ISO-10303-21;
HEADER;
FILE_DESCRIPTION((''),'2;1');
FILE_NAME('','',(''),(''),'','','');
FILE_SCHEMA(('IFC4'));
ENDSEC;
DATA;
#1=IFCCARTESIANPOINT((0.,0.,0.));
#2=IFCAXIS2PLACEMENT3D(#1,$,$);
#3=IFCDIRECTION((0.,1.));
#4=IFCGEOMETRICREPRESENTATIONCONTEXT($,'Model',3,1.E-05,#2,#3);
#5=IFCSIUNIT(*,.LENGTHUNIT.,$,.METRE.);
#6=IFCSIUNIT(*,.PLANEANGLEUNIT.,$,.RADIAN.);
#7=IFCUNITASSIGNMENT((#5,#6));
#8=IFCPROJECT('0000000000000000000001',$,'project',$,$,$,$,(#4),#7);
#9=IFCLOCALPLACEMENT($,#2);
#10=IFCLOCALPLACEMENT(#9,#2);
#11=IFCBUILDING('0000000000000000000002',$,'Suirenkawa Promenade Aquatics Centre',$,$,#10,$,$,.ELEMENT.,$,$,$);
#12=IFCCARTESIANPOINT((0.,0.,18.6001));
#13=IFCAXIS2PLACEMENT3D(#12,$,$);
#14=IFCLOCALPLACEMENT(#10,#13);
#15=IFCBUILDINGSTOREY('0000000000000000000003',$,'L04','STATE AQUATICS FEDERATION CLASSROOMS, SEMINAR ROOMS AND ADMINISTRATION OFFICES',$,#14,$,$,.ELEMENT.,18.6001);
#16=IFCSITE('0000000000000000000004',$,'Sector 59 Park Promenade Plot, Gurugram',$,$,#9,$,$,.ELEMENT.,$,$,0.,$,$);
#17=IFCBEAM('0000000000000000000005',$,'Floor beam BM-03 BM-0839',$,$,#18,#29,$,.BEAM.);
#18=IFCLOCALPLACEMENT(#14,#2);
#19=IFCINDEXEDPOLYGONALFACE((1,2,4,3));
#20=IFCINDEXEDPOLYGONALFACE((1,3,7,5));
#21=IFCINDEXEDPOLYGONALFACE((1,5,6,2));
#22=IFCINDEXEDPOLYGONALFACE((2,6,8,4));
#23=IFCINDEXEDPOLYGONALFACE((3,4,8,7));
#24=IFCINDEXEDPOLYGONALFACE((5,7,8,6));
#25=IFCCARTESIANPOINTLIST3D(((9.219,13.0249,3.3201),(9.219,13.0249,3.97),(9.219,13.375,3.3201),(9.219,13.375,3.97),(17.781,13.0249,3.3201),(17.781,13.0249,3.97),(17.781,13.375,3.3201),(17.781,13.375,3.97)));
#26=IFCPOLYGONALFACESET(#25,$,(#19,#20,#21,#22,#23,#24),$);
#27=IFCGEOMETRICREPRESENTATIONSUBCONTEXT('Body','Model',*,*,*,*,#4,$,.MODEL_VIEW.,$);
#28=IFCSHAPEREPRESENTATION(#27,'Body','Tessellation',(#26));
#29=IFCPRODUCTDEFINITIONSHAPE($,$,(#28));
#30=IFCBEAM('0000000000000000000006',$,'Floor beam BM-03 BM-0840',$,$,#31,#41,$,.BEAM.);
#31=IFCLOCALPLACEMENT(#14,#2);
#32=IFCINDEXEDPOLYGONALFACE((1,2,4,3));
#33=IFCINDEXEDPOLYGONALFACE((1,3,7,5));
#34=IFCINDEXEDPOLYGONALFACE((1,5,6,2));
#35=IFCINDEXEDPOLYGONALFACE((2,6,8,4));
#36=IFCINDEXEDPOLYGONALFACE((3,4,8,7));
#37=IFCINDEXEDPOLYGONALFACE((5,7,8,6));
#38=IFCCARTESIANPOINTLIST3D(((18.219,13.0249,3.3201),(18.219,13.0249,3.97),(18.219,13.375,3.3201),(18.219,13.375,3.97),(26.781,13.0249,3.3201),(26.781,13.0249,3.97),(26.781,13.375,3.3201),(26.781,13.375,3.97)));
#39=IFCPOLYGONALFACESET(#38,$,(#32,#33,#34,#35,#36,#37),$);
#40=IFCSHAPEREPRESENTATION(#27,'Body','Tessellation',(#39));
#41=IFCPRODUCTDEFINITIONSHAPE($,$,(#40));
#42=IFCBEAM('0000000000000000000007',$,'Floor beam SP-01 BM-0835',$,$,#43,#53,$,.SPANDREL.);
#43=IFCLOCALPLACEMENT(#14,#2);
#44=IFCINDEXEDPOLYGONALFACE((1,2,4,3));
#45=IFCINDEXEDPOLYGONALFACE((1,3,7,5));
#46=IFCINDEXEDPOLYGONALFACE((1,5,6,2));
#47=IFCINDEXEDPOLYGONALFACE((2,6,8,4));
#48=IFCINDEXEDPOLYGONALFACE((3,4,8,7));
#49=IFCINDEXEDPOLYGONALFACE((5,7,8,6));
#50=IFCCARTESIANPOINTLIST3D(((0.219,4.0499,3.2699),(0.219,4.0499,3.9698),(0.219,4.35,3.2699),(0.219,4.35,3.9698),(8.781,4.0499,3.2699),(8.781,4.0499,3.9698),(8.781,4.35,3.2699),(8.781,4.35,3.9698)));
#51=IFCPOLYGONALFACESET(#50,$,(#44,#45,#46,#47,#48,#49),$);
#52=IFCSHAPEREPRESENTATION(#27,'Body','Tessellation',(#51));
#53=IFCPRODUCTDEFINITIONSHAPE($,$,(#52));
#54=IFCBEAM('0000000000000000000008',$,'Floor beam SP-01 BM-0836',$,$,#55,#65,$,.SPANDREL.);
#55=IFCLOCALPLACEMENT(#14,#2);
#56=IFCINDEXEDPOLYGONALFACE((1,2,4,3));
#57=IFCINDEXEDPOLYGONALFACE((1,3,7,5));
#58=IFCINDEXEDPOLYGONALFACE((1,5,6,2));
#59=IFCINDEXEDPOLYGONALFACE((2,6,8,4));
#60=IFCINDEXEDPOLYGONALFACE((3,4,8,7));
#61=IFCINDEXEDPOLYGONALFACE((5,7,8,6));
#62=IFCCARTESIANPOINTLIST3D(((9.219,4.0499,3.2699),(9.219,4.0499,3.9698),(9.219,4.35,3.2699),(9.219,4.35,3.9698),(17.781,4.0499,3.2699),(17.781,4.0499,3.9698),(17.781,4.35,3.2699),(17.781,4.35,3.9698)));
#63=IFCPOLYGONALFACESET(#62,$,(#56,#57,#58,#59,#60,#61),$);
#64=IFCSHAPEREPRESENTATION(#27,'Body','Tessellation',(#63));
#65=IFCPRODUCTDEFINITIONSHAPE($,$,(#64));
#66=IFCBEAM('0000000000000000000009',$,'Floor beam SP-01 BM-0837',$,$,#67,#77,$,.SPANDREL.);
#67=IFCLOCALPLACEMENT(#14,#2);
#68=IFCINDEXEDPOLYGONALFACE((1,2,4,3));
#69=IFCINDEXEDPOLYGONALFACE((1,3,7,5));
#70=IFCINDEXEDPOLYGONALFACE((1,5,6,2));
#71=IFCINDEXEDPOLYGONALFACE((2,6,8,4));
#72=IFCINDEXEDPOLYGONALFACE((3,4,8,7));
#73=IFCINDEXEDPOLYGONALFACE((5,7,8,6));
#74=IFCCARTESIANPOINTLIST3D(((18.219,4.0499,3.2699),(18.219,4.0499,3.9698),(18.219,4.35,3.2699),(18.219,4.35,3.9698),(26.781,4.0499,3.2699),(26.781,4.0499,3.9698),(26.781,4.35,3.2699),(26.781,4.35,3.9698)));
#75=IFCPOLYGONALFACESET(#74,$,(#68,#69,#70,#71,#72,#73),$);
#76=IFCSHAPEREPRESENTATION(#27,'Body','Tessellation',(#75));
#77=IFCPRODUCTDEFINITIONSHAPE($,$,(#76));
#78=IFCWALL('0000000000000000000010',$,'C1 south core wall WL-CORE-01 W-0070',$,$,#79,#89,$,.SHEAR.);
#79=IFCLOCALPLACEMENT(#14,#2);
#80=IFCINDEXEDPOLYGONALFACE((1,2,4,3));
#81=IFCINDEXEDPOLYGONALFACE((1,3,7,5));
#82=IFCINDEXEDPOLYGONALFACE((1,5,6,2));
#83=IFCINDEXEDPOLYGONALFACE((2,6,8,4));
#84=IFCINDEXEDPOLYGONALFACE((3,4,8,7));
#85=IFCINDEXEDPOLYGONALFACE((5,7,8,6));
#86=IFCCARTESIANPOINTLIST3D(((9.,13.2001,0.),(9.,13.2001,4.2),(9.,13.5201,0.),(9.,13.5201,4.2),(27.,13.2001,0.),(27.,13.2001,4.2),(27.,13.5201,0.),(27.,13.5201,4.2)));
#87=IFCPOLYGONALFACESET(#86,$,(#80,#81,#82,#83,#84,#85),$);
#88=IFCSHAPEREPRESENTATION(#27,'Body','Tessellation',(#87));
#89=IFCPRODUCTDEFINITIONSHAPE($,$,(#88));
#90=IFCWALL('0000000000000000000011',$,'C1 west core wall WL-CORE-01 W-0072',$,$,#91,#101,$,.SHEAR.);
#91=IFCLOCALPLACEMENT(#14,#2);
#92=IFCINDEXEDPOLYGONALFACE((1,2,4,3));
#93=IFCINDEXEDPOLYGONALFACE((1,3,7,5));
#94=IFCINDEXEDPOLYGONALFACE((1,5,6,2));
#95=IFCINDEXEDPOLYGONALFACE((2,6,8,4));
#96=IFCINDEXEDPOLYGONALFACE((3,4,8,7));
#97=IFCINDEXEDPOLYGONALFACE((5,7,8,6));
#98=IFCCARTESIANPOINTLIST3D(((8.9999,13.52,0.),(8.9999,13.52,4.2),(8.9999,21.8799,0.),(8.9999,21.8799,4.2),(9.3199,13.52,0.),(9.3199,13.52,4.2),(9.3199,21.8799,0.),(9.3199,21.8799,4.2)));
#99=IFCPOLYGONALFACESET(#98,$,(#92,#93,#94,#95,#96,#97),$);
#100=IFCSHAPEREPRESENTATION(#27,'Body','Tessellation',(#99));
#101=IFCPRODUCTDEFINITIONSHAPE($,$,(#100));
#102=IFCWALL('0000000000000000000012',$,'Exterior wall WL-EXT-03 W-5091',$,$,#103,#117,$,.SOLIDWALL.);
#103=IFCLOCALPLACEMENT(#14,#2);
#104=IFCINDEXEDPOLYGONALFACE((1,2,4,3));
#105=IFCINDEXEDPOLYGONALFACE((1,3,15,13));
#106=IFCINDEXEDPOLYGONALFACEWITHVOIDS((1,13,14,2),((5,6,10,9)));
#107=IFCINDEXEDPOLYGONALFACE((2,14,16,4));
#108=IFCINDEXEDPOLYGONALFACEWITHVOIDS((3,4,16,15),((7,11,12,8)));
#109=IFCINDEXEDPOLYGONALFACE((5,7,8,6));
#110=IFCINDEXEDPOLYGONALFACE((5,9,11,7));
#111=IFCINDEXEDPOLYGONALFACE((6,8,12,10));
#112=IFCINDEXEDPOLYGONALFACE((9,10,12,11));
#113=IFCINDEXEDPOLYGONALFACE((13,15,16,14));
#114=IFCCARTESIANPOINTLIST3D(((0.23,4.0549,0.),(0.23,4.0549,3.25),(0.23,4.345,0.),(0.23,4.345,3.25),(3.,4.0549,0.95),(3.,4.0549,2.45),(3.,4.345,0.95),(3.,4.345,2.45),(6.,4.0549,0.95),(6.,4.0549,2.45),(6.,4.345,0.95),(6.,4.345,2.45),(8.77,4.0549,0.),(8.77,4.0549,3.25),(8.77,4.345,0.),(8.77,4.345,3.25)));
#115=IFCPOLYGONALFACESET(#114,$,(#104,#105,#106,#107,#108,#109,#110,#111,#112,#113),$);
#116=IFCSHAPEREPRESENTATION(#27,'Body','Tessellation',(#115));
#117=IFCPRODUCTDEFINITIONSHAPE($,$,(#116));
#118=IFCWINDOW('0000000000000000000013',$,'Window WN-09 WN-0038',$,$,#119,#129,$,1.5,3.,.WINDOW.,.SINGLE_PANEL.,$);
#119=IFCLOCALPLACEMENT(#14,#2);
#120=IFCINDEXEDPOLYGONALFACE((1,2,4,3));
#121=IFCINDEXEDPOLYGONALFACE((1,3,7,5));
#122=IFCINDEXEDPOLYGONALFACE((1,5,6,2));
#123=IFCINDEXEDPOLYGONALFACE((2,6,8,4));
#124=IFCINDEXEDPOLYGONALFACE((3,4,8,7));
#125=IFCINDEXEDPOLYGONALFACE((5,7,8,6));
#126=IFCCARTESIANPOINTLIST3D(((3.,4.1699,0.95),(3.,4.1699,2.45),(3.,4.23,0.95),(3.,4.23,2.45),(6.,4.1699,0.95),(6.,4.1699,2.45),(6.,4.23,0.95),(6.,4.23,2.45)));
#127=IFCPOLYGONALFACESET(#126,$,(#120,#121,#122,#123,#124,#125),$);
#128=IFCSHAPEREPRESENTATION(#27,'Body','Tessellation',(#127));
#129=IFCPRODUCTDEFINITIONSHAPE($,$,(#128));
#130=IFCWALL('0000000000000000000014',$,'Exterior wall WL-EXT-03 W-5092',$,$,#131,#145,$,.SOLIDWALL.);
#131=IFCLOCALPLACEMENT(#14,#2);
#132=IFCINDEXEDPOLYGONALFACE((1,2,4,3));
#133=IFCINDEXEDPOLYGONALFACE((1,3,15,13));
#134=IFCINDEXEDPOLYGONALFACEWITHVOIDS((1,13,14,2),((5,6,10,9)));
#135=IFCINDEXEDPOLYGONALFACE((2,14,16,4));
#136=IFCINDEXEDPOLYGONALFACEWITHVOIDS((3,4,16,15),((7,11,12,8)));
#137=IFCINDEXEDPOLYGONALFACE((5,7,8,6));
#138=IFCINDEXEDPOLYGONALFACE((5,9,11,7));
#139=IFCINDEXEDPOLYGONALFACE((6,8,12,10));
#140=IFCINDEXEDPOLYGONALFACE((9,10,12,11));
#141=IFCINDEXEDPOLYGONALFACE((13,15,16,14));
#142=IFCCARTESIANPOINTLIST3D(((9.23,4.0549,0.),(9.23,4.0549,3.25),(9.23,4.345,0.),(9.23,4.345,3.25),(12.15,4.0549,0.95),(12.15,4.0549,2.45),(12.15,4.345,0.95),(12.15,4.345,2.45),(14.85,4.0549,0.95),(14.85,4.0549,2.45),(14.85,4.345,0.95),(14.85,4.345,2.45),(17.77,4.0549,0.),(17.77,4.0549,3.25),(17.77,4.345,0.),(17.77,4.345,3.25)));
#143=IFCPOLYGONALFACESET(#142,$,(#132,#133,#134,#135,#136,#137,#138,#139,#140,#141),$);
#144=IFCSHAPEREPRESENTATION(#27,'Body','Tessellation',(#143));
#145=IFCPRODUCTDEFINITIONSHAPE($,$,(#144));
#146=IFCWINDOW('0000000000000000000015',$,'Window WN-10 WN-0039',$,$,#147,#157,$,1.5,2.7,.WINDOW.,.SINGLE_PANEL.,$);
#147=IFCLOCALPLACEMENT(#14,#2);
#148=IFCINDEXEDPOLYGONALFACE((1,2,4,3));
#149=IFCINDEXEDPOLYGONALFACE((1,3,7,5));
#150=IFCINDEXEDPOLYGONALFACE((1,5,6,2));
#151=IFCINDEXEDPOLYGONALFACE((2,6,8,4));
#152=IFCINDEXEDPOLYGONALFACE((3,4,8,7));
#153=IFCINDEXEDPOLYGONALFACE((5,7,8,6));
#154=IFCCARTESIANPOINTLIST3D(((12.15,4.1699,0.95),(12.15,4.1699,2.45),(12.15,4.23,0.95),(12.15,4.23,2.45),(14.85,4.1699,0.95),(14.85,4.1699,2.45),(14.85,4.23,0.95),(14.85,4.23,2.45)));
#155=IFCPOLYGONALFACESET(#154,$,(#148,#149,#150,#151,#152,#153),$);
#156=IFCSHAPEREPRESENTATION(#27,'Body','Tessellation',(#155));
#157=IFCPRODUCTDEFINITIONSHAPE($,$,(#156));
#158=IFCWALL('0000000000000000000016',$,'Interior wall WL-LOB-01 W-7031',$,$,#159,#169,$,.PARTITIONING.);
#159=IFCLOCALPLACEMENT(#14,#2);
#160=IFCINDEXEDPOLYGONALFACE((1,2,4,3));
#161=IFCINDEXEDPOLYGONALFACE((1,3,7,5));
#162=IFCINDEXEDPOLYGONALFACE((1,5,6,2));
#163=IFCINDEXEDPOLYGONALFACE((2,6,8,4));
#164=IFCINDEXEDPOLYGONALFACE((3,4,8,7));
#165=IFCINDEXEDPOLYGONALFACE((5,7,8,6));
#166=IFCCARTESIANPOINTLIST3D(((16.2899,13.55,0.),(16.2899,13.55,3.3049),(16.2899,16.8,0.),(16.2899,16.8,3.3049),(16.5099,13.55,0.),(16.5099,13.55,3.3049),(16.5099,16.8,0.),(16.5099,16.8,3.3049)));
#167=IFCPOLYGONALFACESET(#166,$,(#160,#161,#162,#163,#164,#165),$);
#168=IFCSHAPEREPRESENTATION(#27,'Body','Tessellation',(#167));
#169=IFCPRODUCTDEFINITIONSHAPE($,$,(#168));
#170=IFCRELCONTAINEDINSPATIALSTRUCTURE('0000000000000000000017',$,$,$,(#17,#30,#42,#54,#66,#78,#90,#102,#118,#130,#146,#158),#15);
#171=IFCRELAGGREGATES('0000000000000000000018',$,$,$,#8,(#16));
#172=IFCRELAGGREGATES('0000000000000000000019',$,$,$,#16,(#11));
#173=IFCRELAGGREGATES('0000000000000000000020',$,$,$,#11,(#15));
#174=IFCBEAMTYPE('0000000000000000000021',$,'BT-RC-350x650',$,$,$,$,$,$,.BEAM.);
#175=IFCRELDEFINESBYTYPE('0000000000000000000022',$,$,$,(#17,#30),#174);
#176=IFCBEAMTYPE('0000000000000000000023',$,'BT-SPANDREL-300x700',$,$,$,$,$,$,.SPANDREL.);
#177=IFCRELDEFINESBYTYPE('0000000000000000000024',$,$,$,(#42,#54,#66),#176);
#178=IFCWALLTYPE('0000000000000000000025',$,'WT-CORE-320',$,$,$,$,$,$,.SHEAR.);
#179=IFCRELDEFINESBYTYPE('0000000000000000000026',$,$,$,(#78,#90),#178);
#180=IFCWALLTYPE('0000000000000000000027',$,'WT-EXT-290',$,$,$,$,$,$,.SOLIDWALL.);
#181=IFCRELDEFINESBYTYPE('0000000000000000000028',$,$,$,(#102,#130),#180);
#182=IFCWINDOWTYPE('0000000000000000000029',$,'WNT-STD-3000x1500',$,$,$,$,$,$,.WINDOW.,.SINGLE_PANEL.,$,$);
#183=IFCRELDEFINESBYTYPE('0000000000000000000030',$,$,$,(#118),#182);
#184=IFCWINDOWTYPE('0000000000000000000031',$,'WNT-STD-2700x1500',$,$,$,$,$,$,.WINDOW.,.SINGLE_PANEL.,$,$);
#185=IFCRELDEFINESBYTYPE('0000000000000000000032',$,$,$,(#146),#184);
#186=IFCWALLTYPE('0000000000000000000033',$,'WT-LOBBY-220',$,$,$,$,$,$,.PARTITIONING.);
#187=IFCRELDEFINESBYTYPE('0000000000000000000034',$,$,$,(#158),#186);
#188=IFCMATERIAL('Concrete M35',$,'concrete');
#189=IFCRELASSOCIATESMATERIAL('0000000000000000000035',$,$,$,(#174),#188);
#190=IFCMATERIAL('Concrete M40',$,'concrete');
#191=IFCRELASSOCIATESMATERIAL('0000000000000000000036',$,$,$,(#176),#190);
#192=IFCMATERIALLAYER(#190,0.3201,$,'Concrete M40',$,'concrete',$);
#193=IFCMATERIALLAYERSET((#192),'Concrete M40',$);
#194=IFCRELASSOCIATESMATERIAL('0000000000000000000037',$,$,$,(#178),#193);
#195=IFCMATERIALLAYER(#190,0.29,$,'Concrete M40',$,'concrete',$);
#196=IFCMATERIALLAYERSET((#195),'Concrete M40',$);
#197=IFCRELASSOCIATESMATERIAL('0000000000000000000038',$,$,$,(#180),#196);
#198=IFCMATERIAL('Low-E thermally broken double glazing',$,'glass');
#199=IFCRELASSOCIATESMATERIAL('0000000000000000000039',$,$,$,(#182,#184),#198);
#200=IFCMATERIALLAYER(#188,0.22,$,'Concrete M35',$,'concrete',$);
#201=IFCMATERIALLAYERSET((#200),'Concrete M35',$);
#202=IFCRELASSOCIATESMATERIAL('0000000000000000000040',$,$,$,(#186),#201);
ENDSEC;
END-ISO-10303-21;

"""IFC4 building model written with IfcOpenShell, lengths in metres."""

from ifc_helpers import new_model, si_unit, direction, frame, frame_2d, origin, origin_2d, place, context, subcontext, project, spatial, rectangle, extrude, material, layer, layer_set, material_profile, profile_set, type_object, element, fill, save


model = new_model("IFC4")

# Units and contexts
model_context = context("Model", 3, precision=1e-05, world=origin(), true_north=direction((0.0, 1.0)))
body_context = subcontext(model_context, "Body", "Model", "MODEL_VIEW")
ifc_project = project(units=[si_unit("LENGTHUNIT", "METRE"), si_unit("PLANEANGLEUNIT", "RADIAN")], contexts=[model_context])

# Site, building, storey
site_placement = place(None, origin())
site = spatial("IfcSite", under=ifc_project, at=site_placement, Name="Sector 59 Park Promenade Plot, Gurugram", CompositionType="ELEMENT", RefElevation=0.0)
building_placement = place(site_placement, origin())
building = spatial("IfcBuilding", under=site, at=building_placement, Name="Suirenkawa Promenade Aquatics Centre", CompositionType="ELEMENT")
storey_placement = place(building_placement, frame((0.0, 0.0, 18.6001)))
storey = spatial("IfcBuildingStorey", under=building, at=storey_placement, Name="L04", Description="STATE AQUATICS FEDERATION CLASSROOMS, SEMINAR ROOMS AND ADMINISTRATION OFFICES", CompositionType="ELEMENT", Elevation=18.6001)

# Shared definitions
ifc_material_1 = material(Name="Concrete M40", Category="concrete")

# Beams
ifc_material_2 = material(Name="Concrete M35", Category="concrete")
ifc_material_profile_1 = material_profile(ifc_material_2, rectangle(XDim=0.3501, YDim=0.6499, at=origin_2d()), Name="RC BM 350x650", Category="concrete")
ifc_profile_set_1 = profile_set([ifc_material_profile_1], Name="Concrete M35")
beam_type_1 = type_object("IfcBeamType", Name="BT-RC-350x650", PredefinedType="BEAM", material=ifc_profile_set_1)
for number, where, z_axis, x_axis, name in (
    (1, (9.219, 13.2, 3.645), (1.0, 0.0, 0.0), (0.0, 1.0, 0.0), "Floor beam BM-03 BM-0839"),
    (2, (18.219, 13.2, 3.645), (1.0, 0.0, 0.0), (0.0, 1.0, 0.0), "Floor beam BM-03 BM-0840"),
):
    element("IfcBeam", number, at=place(storey_placement, frame(where, z_axis=z_axis, x_axis=x_axis)), inside=storey, type_object=beam_type_1, Name=name, PredefinedType="BEAM", context=body_context, shape_type="SweptSolid", body=[
        extrude(rectangle(XDim=0.3501, YDim=0.6499, at=origin_2d()), origin(), (0.0, 0.0, 1.0), 8.562),
    ])
ifc_material_profile_2 = material_profile(ifc_material_1, rectangle(XDim=0.3, YDim=0.7, at=origin_2d()), Name="RC SPANDREL 300x700", Category="concrete")
ifc_profile_set_2 = profile_set([ifc_material_profile_2], Name="Concrete M40")
beam_type_2 = type_object("IfcBeamType", Name="BT-SPANDREL-300x700", PredefinedType="SPANDREL", material=ifc_profile_set_2)
for number, where, z_axis, x_axis, name in (
    (3, (0.219, 4.2, 3.6199), (1.0, 0.0, 0.0), (0.0, 1.0, 0.0), "Floor beam SP-01 BM-0835"),
    (4, (9.219, 4.2, 3.6199), (1.0, 0.0, 0.0), (0.0, 1.0, 0.0), "Floor beam SP-01 BM-0836"),
    (5, (18.219, 4.2, 3.6199), (1.0, 0.0, 0.0), (0.0, 1.0, 0.0), "Floor beam SP-01 BM-0837"),
):
    element("IfcBeam", number, at=place(storey_placement, frame(where, z_axis=z_axis, x_axis=x_axis)), inside=storey, type_object=beam_type_2, Name=name, PredefinedType="SPANDREL", context=body_context, shape_type="SweptSolid", body=[
        extrude(rectangle(XDim=0.3, YDim=0.7, at=origin_2d()), origin(), (0.0, 0.0, 1.0), 8.562),
    ])

# Walls
ifc_layer_1 = layer(ifc_material_1, 0.3201, Name="Concrete M40", Category="concrete")
ifc_layer_set_1 = layer_set([ifc_layer_1], Name="Concrete M40")
wall_type_1 = type_object("IfcWallType", Name="WT-CORE-320", PredefinedType="SHEAR", material=ifc_layer_set_1)
wall_1_placement = place(storey_placement, frame((9.0, 13.3601, 0.0), z_axis=(0.0, 0.0, 1.0), x_axis=(1.0, 0.0, 0.0)))
element("IfcWall", 6, at=wall_1_placement, inside=storey, type_object=wall_type_1, Name="C1 south core wall WL-CORE-01 W-0070", PredefinedType="SHEAR", context=body_context, shape_type="SweptSolid", body=[
    extrude(rectangle(XDim=18.0, YDim=0.3201, at=frame_2d((9.0, 0.0))), origin(), (0.0, 0.0, 1.0), 4.2),
])
wall_2_placement = place(storey_placement, frame((9.1599, 13.52, 0.0), z_axis=(0.0, 0.0, 1.0), x_axis=(0.0, 1.0, 0.0)))
element("IfcWall", 7, at=wall_2_placement, inside=storey, type_object=wall_type_1, Name="C1 west core wall WL-CORE-01 W-0072", PredefinedType="SHEAR", context=body_context, shape_type="SweptSolid", body=[
    extrude(rectangle(XDim=8.3599, YDim=0.3201, at=frame_2d((4.1799, 0.0))), origin(), (0.0, 0.0, 1.0), 4.2),
])

# Walls, openings, windows
ifc_layer_2 = layer(ifc_material_1, 0.29, Name="Concrete M40", Category="concrete")
ifc_layer_set_2 = layer_set([ifc_layer_2], Name="Concrete M40")
wall_type_2 = type_object("IfcWallType", Name="WT-EXT-290", PredefinedType="SOLIDWALL", material=ifc_layer_set_2)
wall_3_placement = place(storey_placement, frame((8.77, 4.2, 0.0), z_axis=(0.0, 0.0, 1.0), x_axis=(-1.0, 0.0, 0.0)))
wall_3 = element("IfcWall", 8, at=wall_3_placement, inside=storey, type_object=wall_type_2, Name="Exterior wall WL-EXT-03 W-5091", PredefinedType="SOLIDWALL", context=body_context, shape_type="SweptSolid", body=[
    extrude(rectangle(XDim=8.54, YDim=0.29, at=frame_2d((4.27, 0.0))), origin(), (0.0, 0.0, 1.0), 3.25),
])
opening_1_placement = place(wall_3_placement, frame((2.77, 0.0, 0.95)))
opening_1 = element("IfcOpeningElement", 9, at=opening_1_placement, cuts=wall_3, PredefinedType="OPENING", context=body_context, shape_type="SweptSolid", body=[
    extrude(rectangle(XDim=3.0, YDim=1.5, at=frame_2d((1.5, 0.75))), frame((0.0, 0.155, 0.0), z_axis=(0.0, -1.0, 0.0), x_axis=(1.0, 0.0, 0.0)), (0.0, 0.0, 1.0), 0.3101),
])
ifc_material_3 = material(Name="Low-E thermally broken double glazing", Category="glass")
window_type_1 = type_object("IfcWindowType", Name="WNT-STD-3000x1500", PartitioningType="SINGLE_PANEL", PredefinedType="WINDOW", material=ifc_material_3)
window_1_placement = place(opening_1_placement, origin())
window_1 = element("IfcWindow", 10, at=window_1_placement, inside=storey, type_object=window_type_1, Name="Window WN-09 WN-0038", OverallHeight=1.5, OverallWidth=3.0, PartitioningType="SINGLE_PANEL", PredefinedType="WINDOW", context=body_context, shape_type="SweptSolid", body=[
    extrude(rectangle(XDim=3.0, YDim=1.5, at=frame_2d((1.5, 0.75))), frame((0.0, 0.03, 0.0), z_axis=(0.0, -1.0, 0.0), x_axis=(1.0, 0.0, 0.0)), (0.0, 0.0, 1.0), 0.0601),
])
fill(opening_1, window_1)
wall_4_placement = place(storey_placement, frame((17.77, 4.2, 0.0), z_axis=(0.0, 0.0, 1.0), x_axis=(-1.0, 0.0, 0.0)))
wall_4 = element("IfcWall", 11, at=wall_4_placement, inside=storey, type_object=wall_type_2, Name="Exterior wall WL-EXT-03 W-5092", PredefinedType="SOLIDWALL", context=body_context, shape_type="SweptSolid", body=[
    extrude(rectangle(XDim=8.54, YDim=0.29, at=frame_2d((4.27, 0.0))), origin(), (0.0, 0.0, 1.0), 3.25),
])
opening_2_placement = place(wall_4_placement, frame((2.9199, 0.0, 0.95)))
opening_2 = element("IfcOpeningElement", 12, at=opening_2_placement, cuts=wall_4, PredefinedType="OPENING", context=body_context, shape_type="SweptSolid", body=[
    extrude(rectangle(XDim=2.7, YDim=1.5, at=frame_2d((1.3501, 0.75))), frame((0.0, 0.155, 0.0), z_axis=(0.0, -1.0, 0.0), x_axis=(1.0, 0.0, 0.0)), (0.0, 0.0, 1.0), 0.3101),
])
window_type_2 = type_object("IfcWindowType", Name="WNT-STD-2700x1500", PartitioningType="SINGLE_PANEL", PredefinedType="WINDOW", material=ifc_material_3)
window_2_placement = place(opening_2_placement, origin())
window_2 = element("IfcWindow", 13, at=window_2_placement, inside=storey, type_object=window_type_2, Name="Window WN-10 WN-0039", OverallHeight=1.5, OverallWidth=2.7, PartitioningType="SINGLE_PANEL", PredefinedType="WINDOW", context=body_context, shape_type="SweptSolid", body=[
    extrude(rectangle(XDim=2.7, YDim=1.5, at=frame_2d((1.3501, 0.75))), frame((0.0, 0.03, 0.0), z_axis=(0.0, -1.0, 0.0), x_axis=(1.0, 0.0, 0.0)), (0.0, 0.0, 1.0), 0.0601),
])
fill(opening_2, window_2)

# Wall
ifc_layer_3 = layer(ifc_material_2, 0.22, Name="Concrete M35", Category="concrete")
ifc_layer_set_3 = layer_set([ifc_layer_3], Name="Concrete M35")
wall_type_3 = type_object("IfcWallType", Name="WT-LOBBY-220", PredefinedType="PARTITIONING", material=ifc_layer_set_3)
wall_5_placement = place(storey_placement, frame((16.3999, 13.55, 0.0), z_axis=(0.0, 0.0, 1.0), x_axis=(0.0, 1.0, 0.0)))
element("IfcWall", 14, at=wall_5_placement, inside=storey, type_object=wall_type_3, Name="Interior wall WL-LOB-01 W-7031", PredefinedType="PARTITIONING", context=body_context, shape_type="SweptSolid", body=[
    extrude(rectangle(XDim=3.25, YDim=0.22, at=frame_2d((1.625, 0.0))), origin(), (0.0, 0.0, 1.0), 3.3049),
])

save(model, "model.ifc")
